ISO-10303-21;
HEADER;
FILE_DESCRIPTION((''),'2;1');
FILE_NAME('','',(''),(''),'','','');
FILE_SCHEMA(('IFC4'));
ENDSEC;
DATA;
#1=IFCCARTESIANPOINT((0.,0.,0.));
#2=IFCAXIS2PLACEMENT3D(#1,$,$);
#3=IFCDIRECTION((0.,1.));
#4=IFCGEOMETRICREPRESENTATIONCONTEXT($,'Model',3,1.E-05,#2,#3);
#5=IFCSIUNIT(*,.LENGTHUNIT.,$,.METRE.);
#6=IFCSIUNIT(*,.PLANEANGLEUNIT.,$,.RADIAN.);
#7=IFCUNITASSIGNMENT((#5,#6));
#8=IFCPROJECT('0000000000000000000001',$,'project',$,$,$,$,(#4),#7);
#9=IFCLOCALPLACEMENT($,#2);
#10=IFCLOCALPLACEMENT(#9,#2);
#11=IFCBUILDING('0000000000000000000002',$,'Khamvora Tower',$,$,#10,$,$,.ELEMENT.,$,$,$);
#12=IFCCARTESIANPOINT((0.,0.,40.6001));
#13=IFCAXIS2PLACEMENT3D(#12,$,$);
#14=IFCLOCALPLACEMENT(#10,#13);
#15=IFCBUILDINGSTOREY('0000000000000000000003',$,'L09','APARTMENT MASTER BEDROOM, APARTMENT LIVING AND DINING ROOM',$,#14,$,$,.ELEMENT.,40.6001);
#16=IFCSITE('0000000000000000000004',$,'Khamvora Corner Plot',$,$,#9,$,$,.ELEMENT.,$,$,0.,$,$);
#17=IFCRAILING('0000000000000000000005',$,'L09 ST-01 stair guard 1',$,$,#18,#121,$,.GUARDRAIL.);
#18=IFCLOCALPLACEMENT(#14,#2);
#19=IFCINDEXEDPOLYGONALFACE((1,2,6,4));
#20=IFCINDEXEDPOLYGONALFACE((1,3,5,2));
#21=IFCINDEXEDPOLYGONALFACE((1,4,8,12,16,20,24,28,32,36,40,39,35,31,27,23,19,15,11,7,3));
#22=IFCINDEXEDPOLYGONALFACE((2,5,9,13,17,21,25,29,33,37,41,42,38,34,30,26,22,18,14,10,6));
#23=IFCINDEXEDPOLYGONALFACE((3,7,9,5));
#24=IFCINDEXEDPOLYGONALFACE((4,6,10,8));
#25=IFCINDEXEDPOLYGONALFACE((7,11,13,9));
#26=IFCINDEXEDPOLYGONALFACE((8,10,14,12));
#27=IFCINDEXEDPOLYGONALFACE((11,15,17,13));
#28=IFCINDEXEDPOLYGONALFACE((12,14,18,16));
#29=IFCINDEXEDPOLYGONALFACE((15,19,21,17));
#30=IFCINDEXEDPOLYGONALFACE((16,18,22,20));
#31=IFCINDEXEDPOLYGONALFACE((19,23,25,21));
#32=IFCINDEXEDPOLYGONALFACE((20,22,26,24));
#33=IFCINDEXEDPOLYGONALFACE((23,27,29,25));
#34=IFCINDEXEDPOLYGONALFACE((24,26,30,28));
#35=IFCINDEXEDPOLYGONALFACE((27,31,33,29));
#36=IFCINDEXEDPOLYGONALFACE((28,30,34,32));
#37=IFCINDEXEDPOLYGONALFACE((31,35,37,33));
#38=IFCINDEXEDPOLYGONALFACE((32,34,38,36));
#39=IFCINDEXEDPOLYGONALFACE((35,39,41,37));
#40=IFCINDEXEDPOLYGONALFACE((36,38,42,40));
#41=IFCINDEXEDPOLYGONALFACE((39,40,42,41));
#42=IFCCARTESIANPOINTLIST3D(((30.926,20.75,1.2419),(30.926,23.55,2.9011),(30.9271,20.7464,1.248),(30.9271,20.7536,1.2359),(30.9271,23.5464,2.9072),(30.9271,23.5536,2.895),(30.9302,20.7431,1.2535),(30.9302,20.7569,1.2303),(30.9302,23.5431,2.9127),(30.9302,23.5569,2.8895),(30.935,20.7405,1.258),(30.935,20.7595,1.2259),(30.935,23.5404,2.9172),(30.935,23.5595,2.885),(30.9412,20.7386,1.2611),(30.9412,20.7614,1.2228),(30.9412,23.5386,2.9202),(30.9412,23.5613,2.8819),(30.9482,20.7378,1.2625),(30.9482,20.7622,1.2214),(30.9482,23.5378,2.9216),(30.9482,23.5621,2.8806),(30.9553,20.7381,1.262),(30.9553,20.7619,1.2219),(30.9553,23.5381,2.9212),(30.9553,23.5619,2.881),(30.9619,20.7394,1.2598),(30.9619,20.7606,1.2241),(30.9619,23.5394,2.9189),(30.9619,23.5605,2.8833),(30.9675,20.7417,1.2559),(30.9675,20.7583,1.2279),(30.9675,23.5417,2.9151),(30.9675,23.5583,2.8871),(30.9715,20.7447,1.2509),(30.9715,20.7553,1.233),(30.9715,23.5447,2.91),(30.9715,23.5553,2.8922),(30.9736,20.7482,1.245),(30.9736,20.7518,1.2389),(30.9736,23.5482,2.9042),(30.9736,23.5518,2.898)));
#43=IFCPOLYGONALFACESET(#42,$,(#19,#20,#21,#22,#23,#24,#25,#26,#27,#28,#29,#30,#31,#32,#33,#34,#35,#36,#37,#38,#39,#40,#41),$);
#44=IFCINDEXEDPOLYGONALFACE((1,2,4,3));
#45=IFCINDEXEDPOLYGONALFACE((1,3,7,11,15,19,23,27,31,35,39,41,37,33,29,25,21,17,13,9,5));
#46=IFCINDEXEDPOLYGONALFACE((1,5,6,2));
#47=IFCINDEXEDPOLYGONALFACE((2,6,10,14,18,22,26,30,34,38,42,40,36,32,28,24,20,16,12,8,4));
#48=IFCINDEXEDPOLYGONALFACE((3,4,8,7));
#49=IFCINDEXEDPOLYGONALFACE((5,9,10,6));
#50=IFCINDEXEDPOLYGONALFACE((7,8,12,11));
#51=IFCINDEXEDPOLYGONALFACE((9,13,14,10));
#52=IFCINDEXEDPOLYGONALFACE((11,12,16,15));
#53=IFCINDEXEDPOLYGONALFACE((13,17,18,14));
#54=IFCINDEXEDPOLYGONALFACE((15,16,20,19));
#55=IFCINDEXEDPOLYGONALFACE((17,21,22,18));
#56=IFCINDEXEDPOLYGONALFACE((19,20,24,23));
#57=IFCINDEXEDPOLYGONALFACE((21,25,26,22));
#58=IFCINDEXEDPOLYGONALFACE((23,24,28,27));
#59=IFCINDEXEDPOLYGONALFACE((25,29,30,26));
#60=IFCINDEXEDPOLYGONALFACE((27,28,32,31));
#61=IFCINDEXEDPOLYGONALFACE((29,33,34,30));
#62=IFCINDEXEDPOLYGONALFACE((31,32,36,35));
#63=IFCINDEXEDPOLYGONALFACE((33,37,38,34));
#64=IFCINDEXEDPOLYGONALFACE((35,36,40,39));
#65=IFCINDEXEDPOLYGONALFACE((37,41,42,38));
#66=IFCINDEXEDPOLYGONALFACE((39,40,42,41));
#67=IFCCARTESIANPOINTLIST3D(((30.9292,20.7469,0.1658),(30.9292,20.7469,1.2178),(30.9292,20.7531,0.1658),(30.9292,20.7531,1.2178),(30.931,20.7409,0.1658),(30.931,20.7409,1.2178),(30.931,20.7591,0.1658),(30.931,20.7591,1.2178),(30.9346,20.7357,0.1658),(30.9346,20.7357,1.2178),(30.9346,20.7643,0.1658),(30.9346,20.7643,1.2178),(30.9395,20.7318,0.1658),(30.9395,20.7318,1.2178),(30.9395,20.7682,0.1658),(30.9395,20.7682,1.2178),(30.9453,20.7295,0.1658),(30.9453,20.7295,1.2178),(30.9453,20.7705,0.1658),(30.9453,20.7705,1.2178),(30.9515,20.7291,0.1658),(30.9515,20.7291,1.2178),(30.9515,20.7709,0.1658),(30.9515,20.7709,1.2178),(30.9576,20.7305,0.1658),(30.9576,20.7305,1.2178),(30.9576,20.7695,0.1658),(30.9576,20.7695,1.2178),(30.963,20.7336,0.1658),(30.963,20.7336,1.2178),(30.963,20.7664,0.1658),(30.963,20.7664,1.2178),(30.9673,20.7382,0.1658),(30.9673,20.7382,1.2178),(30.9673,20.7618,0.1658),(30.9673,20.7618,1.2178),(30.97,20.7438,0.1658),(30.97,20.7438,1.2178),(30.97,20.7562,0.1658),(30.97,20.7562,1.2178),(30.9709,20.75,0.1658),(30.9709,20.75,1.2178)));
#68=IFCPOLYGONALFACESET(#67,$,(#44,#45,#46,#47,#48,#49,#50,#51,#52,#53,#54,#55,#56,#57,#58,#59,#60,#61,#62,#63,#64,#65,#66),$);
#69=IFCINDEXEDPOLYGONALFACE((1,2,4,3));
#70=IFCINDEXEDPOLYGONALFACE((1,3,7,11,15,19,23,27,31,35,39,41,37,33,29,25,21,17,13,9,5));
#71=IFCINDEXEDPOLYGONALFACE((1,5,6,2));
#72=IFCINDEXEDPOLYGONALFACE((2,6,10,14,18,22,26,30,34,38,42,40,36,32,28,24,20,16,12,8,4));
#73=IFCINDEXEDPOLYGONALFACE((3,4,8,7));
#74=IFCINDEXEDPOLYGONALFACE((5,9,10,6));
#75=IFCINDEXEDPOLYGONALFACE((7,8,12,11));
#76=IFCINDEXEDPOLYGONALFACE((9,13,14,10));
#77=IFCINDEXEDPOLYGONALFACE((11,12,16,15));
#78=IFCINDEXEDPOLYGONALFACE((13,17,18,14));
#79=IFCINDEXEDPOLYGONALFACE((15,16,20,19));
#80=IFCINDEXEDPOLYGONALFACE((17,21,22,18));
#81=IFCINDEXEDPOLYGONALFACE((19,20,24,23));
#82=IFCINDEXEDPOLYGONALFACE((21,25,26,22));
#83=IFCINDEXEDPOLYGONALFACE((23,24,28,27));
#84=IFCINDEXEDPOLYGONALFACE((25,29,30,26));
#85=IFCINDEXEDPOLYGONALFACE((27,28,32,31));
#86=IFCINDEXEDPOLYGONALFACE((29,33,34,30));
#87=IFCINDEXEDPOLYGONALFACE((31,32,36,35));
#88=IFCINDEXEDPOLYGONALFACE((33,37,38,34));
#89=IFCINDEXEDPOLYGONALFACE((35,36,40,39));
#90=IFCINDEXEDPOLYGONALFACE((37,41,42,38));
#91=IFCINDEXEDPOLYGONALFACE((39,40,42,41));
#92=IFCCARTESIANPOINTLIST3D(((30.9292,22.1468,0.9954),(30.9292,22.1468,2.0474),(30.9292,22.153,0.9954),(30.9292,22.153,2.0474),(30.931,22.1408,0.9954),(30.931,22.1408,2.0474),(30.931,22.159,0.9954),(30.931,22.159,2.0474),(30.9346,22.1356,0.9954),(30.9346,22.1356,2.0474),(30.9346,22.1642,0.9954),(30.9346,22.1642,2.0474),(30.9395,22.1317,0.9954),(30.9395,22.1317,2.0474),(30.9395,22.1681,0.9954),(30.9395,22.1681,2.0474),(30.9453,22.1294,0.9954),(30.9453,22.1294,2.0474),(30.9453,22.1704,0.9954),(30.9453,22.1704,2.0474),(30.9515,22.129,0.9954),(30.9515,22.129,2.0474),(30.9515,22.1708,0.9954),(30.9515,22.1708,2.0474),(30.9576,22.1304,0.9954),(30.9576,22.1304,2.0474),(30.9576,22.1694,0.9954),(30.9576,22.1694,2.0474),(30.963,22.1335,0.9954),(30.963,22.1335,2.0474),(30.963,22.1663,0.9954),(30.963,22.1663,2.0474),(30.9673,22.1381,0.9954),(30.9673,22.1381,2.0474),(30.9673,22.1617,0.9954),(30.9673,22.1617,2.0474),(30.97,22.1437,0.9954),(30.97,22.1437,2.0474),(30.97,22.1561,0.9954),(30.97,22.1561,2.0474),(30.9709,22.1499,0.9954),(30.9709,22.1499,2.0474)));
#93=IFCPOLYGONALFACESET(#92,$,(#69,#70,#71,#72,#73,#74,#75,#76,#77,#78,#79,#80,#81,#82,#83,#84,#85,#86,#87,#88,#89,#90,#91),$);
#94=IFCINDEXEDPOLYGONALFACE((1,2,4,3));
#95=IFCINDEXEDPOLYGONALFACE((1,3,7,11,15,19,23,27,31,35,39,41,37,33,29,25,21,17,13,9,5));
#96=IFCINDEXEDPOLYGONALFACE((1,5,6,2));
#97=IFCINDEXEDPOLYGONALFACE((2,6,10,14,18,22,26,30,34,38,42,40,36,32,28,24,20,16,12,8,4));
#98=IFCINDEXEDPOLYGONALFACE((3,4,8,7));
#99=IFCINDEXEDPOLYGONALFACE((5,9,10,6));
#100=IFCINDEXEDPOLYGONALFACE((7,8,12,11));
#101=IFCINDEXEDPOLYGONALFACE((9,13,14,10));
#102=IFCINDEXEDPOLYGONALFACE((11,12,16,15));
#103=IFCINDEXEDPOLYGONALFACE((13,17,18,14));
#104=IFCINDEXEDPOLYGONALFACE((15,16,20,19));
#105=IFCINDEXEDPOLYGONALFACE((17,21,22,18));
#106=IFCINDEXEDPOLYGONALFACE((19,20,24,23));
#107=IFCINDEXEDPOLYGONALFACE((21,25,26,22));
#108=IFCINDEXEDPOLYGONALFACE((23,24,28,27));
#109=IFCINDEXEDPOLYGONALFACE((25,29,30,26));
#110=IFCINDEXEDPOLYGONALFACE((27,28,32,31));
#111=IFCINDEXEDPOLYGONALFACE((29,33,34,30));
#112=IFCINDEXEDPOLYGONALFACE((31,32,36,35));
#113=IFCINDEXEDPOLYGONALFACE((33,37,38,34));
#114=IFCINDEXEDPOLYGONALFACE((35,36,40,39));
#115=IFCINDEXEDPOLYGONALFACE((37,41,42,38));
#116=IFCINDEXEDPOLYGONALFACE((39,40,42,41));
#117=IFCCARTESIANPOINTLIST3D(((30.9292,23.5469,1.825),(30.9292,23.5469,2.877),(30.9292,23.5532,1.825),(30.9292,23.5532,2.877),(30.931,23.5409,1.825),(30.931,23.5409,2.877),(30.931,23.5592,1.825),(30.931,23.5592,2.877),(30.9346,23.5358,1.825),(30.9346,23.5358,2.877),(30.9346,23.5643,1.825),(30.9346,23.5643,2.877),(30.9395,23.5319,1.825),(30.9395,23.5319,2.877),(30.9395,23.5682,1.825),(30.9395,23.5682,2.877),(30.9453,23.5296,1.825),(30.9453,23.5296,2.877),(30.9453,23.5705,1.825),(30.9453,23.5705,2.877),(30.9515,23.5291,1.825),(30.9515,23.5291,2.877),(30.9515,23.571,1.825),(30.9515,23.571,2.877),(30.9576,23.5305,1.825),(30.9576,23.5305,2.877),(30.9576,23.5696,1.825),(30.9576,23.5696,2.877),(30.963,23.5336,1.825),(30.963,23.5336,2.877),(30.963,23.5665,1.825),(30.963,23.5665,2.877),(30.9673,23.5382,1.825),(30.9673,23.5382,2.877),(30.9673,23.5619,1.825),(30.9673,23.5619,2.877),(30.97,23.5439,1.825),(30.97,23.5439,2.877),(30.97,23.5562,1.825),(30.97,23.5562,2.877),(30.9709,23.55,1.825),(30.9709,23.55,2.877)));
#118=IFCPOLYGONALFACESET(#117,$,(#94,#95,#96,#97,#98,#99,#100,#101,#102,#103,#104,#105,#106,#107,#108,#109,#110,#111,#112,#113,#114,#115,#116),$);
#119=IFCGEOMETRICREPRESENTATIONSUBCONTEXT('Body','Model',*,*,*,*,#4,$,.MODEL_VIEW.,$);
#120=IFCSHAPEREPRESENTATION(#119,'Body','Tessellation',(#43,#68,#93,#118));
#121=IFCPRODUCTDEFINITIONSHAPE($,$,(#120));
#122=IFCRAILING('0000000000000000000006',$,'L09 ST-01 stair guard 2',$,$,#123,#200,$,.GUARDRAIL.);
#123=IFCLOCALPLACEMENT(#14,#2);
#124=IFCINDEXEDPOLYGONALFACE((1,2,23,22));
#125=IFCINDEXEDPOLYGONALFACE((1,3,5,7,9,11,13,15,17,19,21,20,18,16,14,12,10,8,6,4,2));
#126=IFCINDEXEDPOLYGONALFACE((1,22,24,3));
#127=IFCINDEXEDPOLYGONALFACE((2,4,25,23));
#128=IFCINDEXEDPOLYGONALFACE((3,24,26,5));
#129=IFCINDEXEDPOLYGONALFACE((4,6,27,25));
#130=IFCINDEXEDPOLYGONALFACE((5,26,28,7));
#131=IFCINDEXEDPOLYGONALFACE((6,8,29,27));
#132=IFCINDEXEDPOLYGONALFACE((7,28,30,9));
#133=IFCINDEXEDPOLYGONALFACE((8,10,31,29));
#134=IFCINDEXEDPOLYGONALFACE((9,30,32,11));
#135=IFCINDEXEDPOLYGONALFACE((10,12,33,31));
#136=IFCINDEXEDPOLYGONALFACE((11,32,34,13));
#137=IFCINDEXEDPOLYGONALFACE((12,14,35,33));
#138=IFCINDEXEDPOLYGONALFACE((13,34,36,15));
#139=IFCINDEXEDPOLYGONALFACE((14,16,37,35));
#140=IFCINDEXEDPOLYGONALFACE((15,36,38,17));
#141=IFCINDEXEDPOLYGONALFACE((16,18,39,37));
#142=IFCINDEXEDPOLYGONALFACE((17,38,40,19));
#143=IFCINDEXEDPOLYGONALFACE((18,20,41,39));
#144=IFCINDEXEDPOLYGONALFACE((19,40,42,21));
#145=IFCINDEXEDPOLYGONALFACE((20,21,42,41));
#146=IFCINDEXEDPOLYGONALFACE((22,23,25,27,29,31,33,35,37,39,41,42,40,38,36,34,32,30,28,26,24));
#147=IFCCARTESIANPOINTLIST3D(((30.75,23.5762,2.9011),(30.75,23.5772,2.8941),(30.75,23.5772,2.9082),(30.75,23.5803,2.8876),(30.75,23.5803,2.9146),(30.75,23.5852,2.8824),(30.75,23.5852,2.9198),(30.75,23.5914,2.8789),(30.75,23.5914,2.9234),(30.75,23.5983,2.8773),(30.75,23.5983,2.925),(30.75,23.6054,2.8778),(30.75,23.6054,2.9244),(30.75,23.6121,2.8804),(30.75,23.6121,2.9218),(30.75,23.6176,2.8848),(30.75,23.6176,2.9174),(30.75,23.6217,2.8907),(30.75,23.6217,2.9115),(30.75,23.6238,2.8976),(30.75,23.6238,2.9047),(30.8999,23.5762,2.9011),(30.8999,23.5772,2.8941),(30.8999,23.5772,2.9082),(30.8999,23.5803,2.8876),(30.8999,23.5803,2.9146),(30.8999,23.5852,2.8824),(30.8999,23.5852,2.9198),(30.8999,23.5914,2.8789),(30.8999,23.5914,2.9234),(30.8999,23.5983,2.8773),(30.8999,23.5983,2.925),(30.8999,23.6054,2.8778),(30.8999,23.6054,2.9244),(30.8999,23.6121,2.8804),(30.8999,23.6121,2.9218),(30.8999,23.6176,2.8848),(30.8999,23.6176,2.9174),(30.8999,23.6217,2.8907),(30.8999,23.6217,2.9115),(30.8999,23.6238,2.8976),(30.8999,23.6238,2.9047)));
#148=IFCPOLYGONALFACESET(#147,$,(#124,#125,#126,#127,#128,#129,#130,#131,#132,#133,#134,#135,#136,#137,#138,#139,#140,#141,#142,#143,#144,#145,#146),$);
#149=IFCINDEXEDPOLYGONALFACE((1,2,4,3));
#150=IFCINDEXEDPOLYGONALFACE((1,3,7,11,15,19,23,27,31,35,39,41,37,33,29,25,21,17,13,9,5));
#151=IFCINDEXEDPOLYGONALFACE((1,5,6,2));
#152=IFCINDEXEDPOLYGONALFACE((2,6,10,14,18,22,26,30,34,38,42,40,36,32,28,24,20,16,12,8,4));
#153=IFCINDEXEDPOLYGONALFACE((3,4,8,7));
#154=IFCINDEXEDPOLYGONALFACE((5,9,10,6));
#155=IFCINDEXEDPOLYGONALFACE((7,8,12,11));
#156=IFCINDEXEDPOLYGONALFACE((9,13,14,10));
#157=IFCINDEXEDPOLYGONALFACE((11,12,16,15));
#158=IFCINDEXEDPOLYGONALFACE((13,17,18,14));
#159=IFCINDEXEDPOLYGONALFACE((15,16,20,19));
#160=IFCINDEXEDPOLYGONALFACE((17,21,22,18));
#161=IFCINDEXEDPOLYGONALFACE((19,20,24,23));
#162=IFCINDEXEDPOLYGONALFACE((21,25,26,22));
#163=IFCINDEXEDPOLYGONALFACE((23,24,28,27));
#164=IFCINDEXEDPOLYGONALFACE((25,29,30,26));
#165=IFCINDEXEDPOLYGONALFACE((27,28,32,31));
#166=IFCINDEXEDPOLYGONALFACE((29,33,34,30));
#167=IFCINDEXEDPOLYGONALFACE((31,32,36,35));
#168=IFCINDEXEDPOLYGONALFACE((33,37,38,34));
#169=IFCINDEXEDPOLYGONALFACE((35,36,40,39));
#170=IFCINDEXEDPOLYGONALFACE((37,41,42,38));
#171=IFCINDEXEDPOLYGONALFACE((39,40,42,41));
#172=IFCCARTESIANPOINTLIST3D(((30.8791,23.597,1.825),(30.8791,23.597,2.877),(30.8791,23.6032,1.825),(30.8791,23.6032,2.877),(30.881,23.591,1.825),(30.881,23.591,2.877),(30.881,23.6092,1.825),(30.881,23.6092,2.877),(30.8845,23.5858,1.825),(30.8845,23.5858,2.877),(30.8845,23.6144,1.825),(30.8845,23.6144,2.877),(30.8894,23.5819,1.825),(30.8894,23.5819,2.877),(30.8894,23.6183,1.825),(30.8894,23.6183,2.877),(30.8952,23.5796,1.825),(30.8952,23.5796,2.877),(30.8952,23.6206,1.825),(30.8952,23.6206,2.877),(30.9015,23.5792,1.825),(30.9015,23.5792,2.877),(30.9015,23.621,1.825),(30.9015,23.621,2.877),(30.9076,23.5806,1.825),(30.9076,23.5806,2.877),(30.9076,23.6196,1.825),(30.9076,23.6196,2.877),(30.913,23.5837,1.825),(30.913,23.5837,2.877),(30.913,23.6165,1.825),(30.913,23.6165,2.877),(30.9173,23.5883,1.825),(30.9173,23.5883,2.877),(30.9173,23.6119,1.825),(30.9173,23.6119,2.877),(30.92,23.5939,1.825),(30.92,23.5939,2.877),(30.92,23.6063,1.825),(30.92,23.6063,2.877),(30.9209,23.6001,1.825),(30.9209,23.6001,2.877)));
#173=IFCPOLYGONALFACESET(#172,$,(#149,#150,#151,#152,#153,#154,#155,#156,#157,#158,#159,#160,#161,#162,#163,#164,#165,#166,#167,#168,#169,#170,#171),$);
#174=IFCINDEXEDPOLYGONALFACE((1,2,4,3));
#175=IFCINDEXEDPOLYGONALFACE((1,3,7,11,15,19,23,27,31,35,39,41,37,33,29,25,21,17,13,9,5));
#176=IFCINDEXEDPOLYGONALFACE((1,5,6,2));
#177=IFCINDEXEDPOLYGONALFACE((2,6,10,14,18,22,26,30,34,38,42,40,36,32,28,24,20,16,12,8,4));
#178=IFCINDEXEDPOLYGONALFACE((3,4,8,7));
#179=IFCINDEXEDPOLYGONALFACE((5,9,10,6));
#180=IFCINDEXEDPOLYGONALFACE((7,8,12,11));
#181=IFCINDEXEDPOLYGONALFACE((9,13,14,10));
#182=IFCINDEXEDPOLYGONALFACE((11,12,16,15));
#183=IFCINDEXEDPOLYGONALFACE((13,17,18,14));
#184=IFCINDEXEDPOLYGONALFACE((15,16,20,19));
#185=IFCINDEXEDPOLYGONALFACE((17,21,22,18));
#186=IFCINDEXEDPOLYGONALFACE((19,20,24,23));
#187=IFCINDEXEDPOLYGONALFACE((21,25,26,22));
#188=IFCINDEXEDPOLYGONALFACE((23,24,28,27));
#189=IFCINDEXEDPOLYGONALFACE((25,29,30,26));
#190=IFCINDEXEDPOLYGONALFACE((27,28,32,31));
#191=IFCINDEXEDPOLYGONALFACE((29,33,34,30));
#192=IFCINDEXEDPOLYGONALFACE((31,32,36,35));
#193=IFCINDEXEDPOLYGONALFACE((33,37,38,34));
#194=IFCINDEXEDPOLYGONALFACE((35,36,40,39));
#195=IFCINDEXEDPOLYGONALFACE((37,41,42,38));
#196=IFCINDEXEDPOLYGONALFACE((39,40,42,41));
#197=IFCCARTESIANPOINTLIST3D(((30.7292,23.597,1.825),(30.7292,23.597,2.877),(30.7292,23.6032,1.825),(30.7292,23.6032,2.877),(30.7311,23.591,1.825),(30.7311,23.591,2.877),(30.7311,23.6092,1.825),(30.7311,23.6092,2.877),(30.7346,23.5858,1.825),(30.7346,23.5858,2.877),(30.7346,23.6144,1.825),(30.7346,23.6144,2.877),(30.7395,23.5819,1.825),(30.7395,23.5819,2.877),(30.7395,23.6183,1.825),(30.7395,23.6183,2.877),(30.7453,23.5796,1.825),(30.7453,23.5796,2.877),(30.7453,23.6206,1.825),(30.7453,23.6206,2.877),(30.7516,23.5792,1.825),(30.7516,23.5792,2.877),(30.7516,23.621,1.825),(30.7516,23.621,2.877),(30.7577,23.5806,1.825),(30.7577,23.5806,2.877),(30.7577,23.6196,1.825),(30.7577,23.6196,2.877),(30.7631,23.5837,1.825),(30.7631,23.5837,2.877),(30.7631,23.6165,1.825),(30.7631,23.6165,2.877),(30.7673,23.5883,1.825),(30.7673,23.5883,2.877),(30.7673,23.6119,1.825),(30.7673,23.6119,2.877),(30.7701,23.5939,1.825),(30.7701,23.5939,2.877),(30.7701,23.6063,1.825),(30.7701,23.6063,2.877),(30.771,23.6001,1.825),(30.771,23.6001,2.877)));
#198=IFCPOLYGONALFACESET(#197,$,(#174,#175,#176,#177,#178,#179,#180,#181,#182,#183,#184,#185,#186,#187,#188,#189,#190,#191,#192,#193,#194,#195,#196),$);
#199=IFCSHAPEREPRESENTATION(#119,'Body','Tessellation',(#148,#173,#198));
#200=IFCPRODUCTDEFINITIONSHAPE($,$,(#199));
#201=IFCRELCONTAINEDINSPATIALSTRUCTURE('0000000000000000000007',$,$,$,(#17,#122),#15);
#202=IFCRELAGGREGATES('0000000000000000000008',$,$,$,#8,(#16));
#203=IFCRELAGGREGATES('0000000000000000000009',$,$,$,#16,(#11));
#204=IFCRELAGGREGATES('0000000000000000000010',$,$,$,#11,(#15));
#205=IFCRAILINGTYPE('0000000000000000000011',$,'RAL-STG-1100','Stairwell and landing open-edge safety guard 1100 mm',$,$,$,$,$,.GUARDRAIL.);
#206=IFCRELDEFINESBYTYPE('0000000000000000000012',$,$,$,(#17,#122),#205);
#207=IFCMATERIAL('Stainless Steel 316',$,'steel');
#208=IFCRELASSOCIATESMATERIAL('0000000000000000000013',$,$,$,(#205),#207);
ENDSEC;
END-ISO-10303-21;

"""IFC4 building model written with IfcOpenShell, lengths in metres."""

from ifc_helpers import new_model, si_unit, direction, frame, origin, origin_2d, place, context, subcontext, project, spatial, circle, extrude, material, type_object, element, save


model = new_model("IFC4")

# Units and contexts
model_context = context("Model", 3, precision=1e-05, world=origin(), true_north=direction((0.0, 1.0)))
body_context = subcontext(model_context, "Body", "Model", "MODEL_VIEW")
ifc_project = project(units=[si_unit("LENGTHUNIT", "METRE"), si_unit("PLANEANGLEUNIT", "RADIAN")], contexts=[model_context])

# Site, building, storey
site_placement = place(None, origin())
site = spatial("IfcSite", under=ifc_project, at=site_placement, Name="Khamvora Corner Plot", CompositionType="ELEMENT", RefElevation=0.0)
building_placement = place(site_placement, origin())
building = spatial("IfcBuilding", under=site, at=building_placement, Name="Khamvora Tower", CompositionType="ELEMENT")
storey_placement = place(building_placement, frame((0.0, 0.0, 40.6001)))
storey = spatial("IfcBuildingStorey", under=building, at=storey_placement, Name="L09", Description="APARTMENT MASTER BEDROOM, APARTMENT LIVING AND DINING ROOM", CompositionType="ELEMENT", Elevation=40.6001)

# Railings
ifc_material_1 = material(Name="Stainless Steel 316", Category="steel")
railing_type_1 = type_object("IfcRailingType", Name="RAL-STG-1100", Description="Stairwell and landing open-edge safety guard 1100 mm", PredefinedType="GUARDRAIL", material=ifc_material_1)
railing_1_placement = place(storey_placement, frame((30.95, 20.75, 0.1658)))
element("IfcRailing", 1, at=railing_1_placement, inside=storey, type_object=railing_type_1, Name="L09 ST-01 stair guard 1", PredefinedType="GUARDRAIL", context=body_context, shape_type="SweptSolid", body=[
    extrude(circle(Radius=0.0239, at=origin_2d()), frame((0.0, 0.0, 1.0762), z_axis=(0.0, 0.860306, 0.509778), x_axis=(-1.0, 0.0, 0.0)), (0.0, 0.0, 1.0), 3.2546),
    extrude(circle(Radius=0.021, at=origin_2d()), origin(), (0.0, 0.0, 1.0), 1.052),
    extrude(circle(Radius=0.021, at=origin_2d()), frame((0.0, 1.3999, 0.8296)), (0.0, 0.0, 1.0), 1.052),
    extrude(circle(Radius=0.021, at=origin_2d()), frame((0.0, 2.8, 1.6592)), (0.0, 0.0, 1.0), 1.052),
])
railing_2_placement = place(storey_placement, frame((30.8999, 23.6001, 1.825)))
element("IfcRailing", 2, at=railing_2_placement, inside=storey, type_object=railing_type_1, Name="L09 ST-01 stair guard 2", PredefinedType="GUARDRAIL", context=body_context, shape_type="SweptSolid", body=[
    extrude(circle(Radius=0.0239, at=origin_2d()), frame((0.0, 0.0, 1.0762), z_axis=(-1.0, 0.0, 0.0), x_axis=(0.0, -1.0, 0.0)), (0.0, 0.0, 1.0), 0.1499),
    extrude(circle(Radius=0.021, at=origin_2d()), origin(), (0.0, 0.0, 1.0), 1.052),
    extrude(circle(Radius=0.021, at=origin_2d()), frame((-0.1499, 0.0, 0.0)), (0.0, 0.0, 1.0), 1.052),
])

save(model, "model.ifc")
